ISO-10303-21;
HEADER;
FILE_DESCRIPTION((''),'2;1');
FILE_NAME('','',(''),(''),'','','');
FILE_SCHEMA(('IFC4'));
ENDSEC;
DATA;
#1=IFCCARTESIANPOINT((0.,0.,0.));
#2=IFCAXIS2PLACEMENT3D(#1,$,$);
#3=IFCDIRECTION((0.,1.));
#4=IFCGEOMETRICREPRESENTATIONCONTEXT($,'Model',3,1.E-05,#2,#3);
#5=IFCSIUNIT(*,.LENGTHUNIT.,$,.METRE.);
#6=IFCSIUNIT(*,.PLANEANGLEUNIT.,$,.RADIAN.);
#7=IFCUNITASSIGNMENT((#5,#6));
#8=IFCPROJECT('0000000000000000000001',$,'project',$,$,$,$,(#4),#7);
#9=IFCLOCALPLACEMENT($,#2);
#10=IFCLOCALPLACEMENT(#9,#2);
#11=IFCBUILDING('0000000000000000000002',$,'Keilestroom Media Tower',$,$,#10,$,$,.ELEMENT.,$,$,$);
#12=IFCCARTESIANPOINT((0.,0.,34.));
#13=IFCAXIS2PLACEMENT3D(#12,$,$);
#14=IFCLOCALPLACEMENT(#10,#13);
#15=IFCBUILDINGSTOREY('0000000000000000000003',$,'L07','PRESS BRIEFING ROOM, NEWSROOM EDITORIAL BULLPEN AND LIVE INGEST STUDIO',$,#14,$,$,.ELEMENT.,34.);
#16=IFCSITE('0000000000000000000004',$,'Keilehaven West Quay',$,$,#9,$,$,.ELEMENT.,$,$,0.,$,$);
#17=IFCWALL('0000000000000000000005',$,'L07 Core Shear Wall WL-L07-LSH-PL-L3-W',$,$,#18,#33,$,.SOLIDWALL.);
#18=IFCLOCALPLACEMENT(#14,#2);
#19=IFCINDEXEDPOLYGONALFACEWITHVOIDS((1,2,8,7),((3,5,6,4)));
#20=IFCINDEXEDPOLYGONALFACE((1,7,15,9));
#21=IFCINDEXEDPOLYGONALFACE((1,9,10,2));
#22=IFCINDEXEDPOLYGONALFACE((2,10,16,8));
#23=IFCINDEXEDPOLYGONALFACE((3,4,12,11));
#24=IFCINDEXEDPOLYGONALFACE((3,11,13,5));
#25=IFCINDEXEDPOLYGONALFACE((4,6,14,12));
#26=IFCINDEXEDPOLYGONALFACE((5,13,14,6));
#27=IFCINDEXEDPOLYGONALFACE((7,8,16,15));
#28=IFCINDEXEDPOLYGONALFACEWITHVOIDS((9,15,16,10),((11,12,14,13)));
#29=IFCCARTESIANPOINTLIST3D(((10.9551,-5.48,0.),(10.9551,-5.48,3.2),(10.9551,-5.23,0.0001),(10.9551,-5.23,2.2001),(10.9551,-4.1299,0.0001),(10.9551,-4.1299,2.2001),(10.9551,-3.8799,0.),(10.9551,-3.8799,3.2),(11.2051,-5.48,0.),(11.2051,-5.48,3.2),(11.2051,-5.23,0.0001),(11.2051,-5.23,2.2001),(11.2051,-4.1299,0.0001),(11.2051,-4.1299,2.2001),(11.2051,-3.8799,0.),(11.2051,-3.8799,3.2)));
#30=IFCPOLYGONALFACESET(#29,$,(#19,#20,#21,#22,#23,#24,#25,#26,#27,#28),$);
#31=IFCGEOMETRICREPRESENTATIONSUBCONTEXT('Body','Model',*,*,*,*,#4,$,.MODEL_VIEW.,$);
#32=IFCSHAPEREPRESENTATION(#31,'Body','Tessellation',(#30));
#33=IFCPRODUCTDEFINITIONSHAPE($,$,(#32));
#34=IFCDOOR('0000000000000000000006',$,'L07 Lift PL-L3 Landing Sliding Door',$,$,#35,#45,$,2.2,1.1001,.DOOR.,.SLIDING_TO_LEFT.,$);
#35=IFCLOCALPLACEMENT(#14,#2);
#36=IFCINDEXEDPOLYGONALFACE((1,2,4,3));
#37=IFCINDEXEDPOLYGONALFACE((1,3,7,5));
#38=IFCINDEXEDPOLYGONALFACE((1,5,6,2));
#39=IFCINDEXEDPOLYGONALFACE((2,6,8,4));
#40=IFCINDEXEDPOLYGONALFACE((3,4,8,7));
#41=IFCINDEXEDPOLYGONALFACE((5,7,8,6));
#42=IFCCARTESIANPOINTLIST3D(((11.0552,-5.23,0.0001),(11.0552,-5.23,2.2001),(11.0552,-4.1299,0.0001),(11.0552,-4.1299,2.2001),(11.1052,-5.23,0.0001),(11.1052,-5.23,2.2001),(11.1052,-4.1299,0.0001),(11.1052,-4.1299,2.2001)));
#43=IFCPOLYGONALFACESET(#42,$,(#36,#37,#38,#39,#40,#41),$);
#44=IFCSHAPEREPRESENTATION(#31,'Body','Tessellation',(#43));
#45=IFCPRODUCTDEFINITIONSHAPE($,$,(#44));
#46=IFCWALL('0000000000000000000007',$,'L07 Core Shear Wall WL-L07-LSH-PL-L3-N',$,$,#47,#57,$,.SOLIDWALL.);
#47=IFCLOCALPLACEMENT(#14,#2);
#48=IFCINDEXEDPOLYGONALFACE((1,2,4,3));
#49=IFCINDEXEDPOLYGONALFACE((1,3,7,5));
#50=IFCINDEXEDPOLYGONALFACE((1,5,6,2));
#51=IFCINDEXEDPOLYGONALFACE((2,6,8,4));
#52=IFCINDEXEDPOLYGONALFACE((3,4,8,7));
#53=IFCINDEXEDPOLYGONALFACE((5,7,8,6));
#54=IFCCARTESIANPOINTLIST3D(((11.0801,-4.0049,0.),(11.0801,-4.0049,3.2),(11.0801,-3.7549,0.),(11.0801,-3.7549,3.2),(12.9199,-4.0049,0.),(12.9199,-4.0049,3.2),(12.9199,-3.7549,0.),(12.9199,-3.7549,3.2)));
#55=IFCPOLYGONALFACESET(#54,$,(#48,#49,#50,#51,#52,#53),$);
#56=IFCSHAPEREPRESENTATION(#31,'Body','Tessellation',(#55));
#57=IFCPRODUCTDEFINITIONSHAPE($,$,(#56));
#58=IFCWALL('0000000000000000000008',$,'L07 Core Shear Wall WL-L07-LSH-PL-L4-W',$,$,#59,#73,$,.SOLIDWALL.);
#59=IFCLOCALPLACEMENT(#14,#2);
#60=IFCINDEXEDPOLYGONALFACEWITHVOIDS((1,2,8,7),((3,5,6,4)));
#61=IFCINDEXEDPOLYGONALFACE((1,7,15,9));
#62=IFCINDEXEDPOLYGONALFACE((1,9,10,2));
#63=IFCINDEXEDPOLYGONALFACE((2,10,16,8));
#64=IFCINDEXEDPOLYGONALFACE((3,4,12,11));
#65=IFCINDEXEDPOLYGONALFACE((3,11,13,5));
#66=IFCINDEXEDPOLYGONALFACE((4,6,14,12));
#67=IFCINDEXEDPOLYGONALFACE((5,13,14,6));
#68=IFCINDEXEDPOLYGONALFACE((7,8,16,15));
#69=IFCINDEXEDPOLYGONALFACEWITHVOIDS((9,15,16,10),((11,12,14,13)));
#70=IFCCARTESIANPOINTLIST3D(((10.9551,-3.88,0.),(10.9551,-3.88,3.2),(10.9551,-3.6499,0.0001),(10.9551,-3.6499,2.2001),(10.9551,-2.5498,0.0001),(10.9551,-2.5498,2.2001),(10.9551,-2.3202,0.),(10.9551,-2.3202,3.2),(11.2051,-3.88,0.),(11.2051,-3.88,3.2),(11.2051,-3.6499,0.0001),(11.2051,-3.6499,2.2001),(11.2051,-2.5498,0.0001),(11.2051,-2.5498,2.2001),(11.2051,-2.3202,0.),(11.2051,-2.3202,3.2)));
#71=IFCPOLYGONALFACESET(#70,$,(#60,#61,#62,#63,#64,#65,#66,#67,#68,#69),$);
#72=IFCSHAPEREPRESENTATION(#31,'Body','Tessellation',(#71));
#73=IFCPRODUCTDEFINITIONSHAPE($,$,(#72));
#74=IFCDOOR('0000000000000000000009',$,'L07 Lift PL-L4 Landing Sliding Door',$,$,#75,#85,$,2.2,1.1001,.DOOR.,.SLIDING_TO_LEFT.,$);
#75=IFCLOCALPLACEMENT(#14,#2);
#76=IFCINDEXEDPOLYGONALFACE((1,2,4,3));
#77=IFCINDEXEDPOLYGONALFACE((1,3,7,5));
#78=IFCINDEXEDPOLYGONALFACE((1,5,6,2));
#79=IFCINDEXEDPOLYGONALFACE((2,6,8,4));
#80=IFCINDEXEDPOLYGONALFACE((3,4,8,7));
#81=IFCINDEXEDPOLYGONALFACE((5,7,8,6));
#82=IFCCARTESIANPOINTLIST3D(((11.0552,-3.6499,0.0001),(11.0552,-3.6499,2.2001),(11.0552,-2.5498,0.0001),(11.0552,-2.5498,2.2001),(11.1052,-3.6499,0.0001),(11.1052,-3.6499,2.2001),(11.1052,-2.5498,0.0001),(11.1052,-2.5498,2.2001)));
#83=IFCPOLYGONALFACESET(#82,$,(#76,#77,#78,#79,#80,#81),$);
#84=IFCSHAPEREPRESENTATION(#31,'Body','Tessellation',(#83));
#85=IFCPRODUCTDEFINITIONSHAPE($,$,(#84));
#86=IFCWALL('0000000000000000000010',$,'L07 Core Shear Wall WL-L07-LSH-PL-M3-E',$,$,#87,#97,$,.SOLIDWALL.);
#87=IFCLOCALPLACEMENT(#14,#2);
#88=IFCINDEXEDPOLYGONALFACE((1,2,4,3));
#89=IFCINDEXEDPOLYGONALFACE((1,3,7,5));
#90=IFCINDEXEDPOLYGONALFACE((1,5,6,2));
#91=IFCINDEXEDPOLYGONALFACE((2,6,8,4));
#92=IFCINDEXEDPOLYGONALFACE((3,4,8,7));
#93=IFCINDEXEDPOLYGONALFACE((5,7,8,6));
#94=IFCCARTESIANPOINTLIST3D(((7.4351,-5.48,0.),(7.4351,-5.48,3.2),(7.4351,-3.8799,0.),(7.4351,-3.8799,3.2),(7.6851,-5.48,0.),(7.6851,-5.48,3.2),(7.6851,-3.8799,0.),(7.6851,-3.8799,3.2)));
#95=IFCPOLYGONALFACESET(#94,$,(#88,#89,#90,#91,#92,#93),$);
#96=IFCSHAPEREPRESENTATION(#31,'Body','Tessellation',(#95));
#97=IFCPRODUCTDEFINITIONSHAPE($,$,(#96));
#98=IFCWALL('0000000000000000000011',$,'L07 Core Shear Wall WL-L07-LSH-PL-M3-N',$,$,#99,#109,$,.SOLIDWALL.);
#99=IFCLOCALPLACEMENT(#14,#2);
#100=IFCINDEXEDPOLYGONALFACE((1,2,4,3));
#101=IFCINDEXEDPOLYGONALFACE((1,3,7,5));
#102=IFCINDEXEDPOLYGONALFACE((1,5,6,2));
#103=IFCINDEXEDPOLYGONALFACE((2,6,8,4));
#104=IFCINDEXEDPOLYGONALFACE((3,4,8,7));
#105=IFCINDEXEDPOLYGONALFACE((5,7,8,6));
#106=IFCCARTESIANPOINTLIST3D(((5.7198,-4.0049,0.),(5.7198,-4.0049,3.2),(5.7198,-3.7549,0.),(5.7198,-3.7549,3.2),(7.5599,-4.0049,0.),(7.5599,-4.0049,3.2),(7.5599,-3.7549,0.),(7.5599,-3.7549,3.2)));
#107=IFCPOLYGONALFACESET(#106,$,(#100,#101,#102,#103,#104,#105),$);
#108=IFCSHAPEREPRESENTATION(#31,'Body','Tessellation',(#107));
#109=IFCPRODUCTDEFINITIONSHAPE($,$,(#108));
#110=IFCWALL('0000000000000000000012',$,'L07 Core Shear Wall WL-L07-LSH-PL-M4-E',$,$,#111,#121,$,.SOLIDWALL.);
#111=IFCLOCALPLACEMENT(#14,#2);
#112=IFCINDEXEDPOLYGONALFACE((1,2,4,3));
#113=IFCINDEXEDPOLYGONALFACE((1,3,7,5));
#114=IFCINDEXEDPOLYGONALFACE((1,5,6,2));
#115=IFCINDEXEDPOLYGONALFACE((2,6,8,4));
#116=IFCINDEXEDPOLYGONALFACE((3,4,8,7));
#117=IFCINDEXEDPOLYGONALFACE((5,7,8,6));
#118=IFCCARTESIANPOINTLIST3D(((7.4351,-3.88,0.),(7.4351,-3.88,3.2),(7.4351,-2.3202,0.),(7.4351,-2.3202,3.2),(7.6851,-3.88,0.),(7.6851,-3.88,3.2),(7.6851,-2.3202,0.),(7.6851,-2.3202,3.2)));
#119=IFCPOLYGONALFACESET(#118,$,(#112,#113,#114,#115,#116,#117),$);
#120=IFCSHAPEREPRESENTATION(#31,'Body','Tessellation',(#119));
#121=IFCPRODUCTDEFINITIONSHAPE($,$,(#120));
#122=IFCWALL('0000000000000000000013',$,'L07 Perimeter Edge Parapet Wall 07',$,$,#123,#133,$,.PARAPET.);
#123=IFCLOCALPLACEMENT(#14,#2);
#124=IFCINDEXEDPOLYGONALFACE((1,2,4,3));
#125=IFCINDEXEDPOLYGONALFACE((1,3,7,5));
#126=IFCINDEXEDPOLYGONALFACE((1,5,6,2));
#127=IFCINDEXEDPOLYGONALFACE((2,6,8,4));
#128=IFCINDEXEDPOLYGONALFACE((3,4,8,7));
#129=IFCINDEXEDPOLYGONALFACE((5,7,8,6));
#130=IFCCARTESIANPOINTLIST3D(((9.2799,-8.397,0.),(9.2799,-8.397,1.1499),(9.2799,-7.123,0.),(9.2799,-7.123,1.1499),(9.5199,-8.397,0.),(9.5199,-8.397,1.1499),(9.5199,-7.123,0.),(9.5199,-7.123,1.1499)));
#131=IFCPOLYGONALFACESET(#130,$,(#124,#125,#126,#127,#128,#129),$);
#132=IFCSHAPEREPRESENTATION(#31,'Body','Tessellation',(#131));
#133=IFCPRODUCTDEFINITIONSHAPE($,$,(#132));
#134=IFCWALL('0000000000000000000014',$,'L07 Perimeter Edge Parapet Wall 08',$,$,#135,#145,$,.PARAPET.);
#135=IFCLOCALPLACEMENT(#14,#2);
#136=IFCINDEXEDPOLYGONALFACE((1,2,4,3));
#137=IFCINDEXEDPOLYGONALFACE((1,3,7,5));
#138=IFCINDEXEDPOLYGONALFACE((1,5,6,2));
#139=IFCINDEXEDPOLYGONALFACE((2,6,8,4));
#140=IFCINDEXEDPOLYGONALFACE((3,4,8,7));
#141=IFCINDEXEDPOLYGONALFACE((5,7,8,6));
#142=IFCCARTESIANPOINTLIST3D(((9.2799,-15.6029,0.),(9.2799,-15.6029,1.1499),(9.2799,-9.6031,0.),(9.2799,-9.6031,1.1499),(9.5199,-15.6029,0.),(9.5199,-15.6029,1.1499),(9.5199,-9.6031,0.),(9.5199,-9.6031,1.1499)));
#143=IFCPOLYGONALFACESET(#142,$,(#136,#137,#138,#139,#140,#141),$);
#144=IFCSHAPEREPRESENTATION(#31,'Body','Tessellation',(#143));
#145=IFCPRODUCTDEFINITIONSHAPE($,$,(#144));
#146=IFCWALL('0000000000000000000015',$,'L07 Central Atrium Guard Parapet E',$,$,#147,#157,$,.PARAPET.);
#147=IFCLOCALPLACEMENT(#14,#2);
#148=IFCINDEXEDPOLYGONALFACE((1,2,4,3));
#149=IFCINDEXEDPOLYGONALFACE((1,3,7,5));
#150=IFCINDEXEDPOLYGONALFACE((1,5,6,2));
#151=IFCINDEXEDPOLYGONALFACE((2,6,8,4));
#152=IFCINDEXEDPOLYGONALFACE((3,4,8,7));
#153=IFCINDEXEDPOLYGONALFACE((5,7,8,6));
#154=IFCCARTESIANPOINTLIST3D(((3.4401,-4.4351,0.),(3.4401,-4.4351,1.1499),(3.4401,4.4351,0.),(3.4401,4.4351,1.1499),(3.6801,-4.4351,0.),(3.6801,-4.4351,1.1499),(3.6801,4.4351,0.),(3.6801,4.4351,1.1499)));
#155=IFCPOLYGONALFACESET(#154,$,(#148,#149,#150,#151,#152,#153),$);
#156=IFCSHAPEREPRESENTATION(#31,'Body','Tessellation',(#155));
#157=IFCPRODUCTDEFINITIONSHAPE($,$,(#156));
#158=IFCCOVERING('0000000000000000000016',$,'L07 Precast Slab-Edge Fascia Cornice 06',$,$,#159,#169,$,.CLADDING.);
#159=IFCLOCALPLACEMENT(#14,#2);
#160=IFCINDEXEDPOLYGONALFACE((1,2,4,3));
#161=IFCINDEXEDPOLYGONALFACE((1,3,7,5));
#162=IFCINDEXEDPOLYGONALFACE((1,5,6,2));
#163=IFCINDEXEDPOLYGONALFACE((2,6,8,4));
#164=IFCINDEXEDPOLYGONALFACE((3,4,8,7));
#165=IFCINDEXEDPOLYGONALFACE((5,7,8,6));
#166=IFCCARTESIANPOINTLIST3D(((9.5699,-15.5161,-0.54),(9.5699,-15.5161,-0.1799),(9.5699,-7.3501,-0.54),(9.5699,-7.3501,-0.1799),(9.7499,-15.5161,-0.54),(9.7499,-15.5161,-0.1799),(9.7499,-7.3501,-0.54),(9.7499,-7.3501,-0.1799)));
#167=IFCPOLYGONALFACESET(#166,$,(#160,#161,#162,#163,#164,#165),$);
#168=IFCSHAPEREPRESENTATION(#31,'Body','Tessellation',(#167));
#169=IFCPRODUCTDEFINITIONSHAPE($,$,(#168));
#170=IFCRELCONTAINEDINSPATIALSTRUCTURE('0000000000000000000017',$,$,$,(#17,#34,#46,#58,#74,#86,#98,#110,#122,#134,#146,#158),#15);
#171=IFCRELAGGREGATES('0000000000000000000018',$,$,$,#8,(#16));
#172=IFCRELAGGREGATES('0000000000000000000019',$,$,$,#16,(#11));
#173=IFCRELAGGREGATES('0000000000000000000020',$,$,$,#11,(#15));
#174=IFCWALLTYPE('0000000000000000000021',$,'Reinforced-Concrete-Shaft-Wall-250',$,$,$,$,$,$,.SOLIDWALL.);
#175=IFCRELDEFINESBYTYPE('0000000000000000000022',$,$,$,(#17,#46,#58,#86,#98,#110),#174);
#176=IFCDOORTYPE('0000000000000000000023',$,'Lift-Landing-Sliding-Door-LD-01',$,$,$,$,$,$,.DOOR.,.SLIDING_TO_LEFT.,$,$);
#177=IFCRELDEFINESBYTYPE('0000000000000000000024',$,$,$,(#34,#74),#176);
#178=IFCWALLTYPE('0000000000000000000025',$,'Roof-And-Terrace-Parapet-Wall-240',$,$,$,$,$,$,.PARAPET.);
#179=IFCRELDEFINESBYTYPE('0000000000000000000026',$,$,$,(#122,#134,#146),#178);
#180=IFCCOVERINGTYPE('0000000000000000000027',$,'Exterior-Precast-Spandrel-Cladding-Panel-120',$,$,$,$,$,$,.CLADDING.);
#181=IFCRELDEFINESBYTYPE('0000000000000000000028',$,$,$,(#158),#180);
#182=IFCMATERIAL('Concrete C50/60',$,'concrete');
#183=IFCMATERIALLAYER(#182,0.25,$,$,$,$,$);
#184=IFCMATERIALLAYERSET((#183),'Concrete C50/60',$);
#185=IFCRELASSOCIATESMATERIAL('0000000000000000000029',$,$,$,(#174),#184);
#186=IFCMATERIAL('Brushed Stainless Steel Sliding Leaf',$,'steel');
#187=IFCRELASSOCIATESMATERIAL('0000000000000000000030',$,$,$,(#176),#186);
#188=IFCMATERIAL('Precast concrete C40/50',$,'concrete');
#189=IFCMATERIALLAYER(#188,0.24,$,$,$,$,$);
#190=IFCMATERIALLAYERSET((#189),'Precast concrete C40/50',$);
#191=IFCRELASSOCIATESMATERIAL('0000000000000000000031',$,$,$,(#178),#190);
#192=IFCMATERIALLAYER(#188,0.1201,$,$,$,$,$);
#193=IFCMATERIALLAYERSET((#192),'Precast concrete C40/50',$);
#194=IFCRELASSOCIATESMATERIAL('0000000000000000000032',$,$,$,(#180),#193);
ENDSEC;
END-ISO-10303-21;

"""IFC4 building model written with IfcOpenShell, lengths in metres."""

from ifc_helpers import new_model, si_unit, direction, frame, frame_2d, origin, origin_2d, place, context, subcontext, project, spatial, rectangle, extrude, source, transform, mapped, material, layer, layer_set, type_object, element, fill, save


model = new_model("IFC4")

# Units and contexts
model_context = context("Model", 3, precision=1e-05, world=origin(), true_north=direction((0.0, 1.0)))
body_context = subcontext(model_context, "Body", "Model", "MODEL_VIEW")
ifc_project = project(units=[si_unit("LENGTHUNIT", "METRE"), si_unit("PLANEANGLEUNIT", "RADIAN")], contexts=[model_context])

# Site, building, storey
site_placement = place(None, origin())
site = spatial("IfcSite", under=ifc_project, at=site_placement, Name="Keilehaven West Quay", CompositionType="ELEMENT", RefElevation=0.0)
building_placement = place(site_placement, origin())
building = spatial("IfcBuilding", under=site, at=building_placement, Name="Keilestroom Media Tower", CompositionType="ELEMENT")
storey_placement = place(building_placement, frame((0.0, 0.0, 34.0)))
storey = spatial("IfcBuildingStorey", under=building, at=storey_placement, Name="L07", Description="PRESS BRIEFING ROOM, NEWSROOM EDITORIAL BULLPEN AND LIVE INGEST STUDIO", CompositionType="ELEMENT", Elevation=34.0)

# Shared definitions
ifc_material_1 = material(Name="Concrete C50/60", Category="concrete")
ifc_layer_1 = layer(ifc_material_1, 0.25)
ifc_layer_set_1 = layer_set([ifc_layer_1], Name="Concrete C50/60")
wall_type_1 = type_object("IfcWallType", Name="Reinforced-Concrete-Shaft-Wall-250", PredefinedType="SOLIDWALL", material=ifc_layer_set_1)

# Shared definitions
ifc_material_2 = material(Name="Brushed Stainless Steel Sliding Leaf", Category="steel")

# Wall, opening, door
wall_1_placement = place(storey_placement, frame((11.0801, -5.48, 0.0), z_axis=(0.0, 0.0, 1.0), x_axis=(0.0, 1.0, 0.0)))
wall_1 = element("IfcWall", 1, at=wall_1_placement, inside=storey, type_object=wall_type_1, Name="L07 Core Shear Wall WL-L07-LSH-PL-L3-W", PredefinedType="SOLIDWALL", context=body_context, shape_type="SweptSolid", body=[
    extrude(rectangle(XDim=1.6001, YDim=0.25, at=frame_2d((0.8, 0.0))), origin(), (0.0, 0.0, 1.0), 3.2),
])
opening_1_placement = place(wall_1_placement, frame((0.25, 0.0, 0.0)))
opening_1 = element("IfcOpeningElement", 2, at=opening_1_placement, cuts=wall_1, PredefinedType="OPENING", context=body_context, shape_type="SweptSolid", body=[
    extrude(rectangle(XDim=1.1001, YDim=2.2, at=frame_2d((0.55, 1.1001))), frame((0.0, 0.135, 0.0), z_axis=(0.0, -1.0, 0.0), x_axis=(1.0, 0.0, 0.0)), (0.0, 0.0, 1.0), 0.27),
])
door_type_1 = type_object("IfcDoorType", Name="Lift-Landing-Sliding-Door-LD-01", OperationType="SLIDING_TO_LEFT", PredefinedType="DOOR", material=ifc_material_2)
shared_shape_1 = source(origin(), body_context, "Body", "SweptSolid", [
    extrude(rectangle(XDim=1.1001, YDim=2.2, at=frame_2d((0.55, 1.1001))), frame((0.0, 0.0249, 0.0), z_axis=(0.0, -1.0, 0.0), x_axis=(1.0, 0.0, 0.0)), (0.0, 0.0, 1.0), 0.05),
])
door_1_placement = place(opening_1_placement, origin())
door_1 = element("IfcDoor", 3, at=door_1_placement, inside=storey, type_object=door_type_1, Name="L07 Lift PL-L3 Landing Sliding Door", OperationType="SLIDING_TO_LEFT", OverallHeight=2.2, OverallWidth=1.1001, PredefinedType="DOOR", context=body_context, shape_type="MappedRepresentation", body=[
    mapped(shared_shape_1, transform((0.0, 0.0, 0.0), x_axis=(1.0, 0.0, 0.0), y_axis=(0.0, 1.0, 0.0), z_axis=(0.0, 0.0, 1.0), scale=1.0)),
])
fill(opening_1, door_1)

# Wall
wall_2_placement = place(storey_placement, frame((11.0801, -3.8799, 0.0), z_axis=(0.0, 0.0, 1.0), x_axis=(1.0, 0.0, 0.0)))
element("IfcWall", 4, at=wall_2_placement, inside=storey, type_object=wall_type_1, Name="L07 Core Shear Wall WL-L07-LSH-PL-L3-N", PredefinedType="SOLIDWALL", context=body_context, shape_type="SweptSolid", body=[
    extrude(rectangle(XDim=1.8398, YDim=0.25, at=frame_2d((0.9199, 0.0))), origin(), (0.0, 0.0, 1.0), 3.2),
])

# Wall, opening, door
wall_3_placement = place(storey_placement, frame((11.0801, -3.8799, 0.0), z_axis=(0.0, 0.0, 1.0), x_axis=(0.0, 1.0, 0.0)))
wall_3 = element("IfcWall", 5, at=wall_3_placement, inside=storey, type_object=wall_type_1, Name="L07 Core Shear Wall WL-L07-LSH-PL-L4-W", PredefinedType="SOLIDWALL", context=body_context, shape_type="SweptSolid", body=[
    extrude(rectangle(XDim=1.5598, YDim=0.25, at=frame_2d((0.7798, 0.0))), origin(), (0.0, 0.0, 1.0), 3.2),
])
opening_2_placement = place(wall_3_placement, frame((0.23, 0.0, 0.0)))
opening_2 = element("IfcOpeningElement", 6, at=opening_2_placement, cuts=wall_3, PredefinedType="OPENING", context=body_context, shape_type="SweptSolid", body=[
    extrude(rectangle(XDim=1.1001, YDim=2.2, at=frame_2d((0.55, 1.1001))), frame((0.0, 0.135, 0.0), z_axis=(0.0, -1.0, 0.0), x_axis=(1.0, 0.0, 0.0)), (0.0, 0.0, 1.0), 0.27),
])
door_2_placement = place(opening_2_placement, origin())
door_2 = element("IfcDoor", 7, at=door_2_placement, inside=storey, type_object=door_type_1, Name="L07 Lift PL-L4 Landing Sliding Door", OperationType="SLIDING_TO_LEFT", OverallHeight=2.2, OverallWidth=1.1001, PredefinedType="DOOR", context=body_context, shape_type="MappedRepresentation", body=[
    mapped(shared_shape_1, transform((0.0, 0.0, 0.0), x_axis=(1.0, 0.0, 0.0), y_axis=(0.0, 1.0, 0.0), z_axis=(0.0, 0.0, 1.0), scale=1.0)),
])
fill(opening_2, door_2)

# Walls
wall_4_placement = place(storey_placement, frame((7.5601, -5.48, 0.0), z_axis=(0.0, 0.0, 1.0), x_axis=(0.0, 1.0, 0.0)))
element("IfcWall", 8, at=wall_4_placement, inside=storey, type_object=wall_type_1, Name="L07 Core Shear Wall WL-L07-LSH-PL-M3-E", PredefinedType="SOLIDWALL", context=body_context, shape_type="SweptSolid", body=[
    extrude(rectangle(XDim=1.6001, YDim=0.25, at=frame_2d((0.8, 0.0))), origin(), (0.0, 0.0, 1.0), 3.2),
])
wall_5_placement = place(storey_placement, frame((5.72, -3.8799, 0.0), z_axis=(0.0, 0.0, 1.0), x_axis=(1.0, 0.0, 0.0)))
element("IfcWall", 9, at=wall_5_placement, inside=storey, type_object=wall_type_1, Name="L07 Core Shear Wall WL-L07-LSH-PL-M3-N", PredefinedType="SOLIDWALL", context=body_context, shape_type="SweptSolid", body=[
    extrude(rectangle(XDim=1.8401, YDim=0.25, at=frame_2d((0.9199, 0.0))), origin(), (0.0, 0.0, 1.0), 3.2),
])
wall_6_placement = place(storey_placement, frame((7.5601, -3.8799, 0.0), z_axis=(0.0, 0.0, 1.0), x_axis=(0.0, 1.0, 0.0)))
element("IfcWall", 10, at=wall_6_placement, inside=storey, type_object=wall_type_1, Name="L07 Core Shear Wall WL-L07-LSH-PL-M4-E", PredefinedType="SOLIDWALL", context=body_context, shape_type="SweptSolid", body=[
    extrude(rectangle(XDim=1.5598, YDim=0.25, at=frame_2d((0.7798, 0.0))), origin(), (0.0, 0.0, 1.0), 3.2),
])
ifc_material_3 = material(Name="Precast concrete C40/50", Category="concrete")
ifc_layer_2 = layer(ifc_material_3, 0.24)
ifc_layer_set_2 = layer_set([ifc_layer_2], Name="Precast concrete C40/50")
wall_type_2 = type_object("IfcWallType", Name="Roof-And-Terrace-Parapet-Wall-240", PredefinedType="PARAPET", material=ifc_layer_set_2)
wall_7_placement = place(storey_placement, frame((9.3999, -7.123, 0.0), z_axis=(0.0, 0.0, 1.0), x_axis=(0.0, -1.0, 0.0)))
element("IfcWall", 11, at=wall_7_placement, inside=storey, type_object=wall_type_2, Name="L07 Perimeter Edge Parapet Wall 07", PredefinedType="PARAPET", context=body_context, shape_type="SweptSolid", body=[
    extrude(rectangle(XDim=1.2739, YDim=0.24, at=frame_2d((0.637, 0.0))), origin(), (0.0, 0.0, 1.0), 1.1499),
])
wall_8_placement = place(storey_placement, frame((9.3999, -9.603, 0.0), z_axis=(0.0, 0.0, 1.0), x_axis=(0.0, -1.0, 0.0)))
element("IfcWall", 12, at=wall_8_placement, inside=storey, type_object=wall_type_2, Name="L07 Perimeter Edge Parapet Wall 08", PredefinedType="PARAPET", context=body_context, shape_type="SweptSolid", body=[
    extrude(rectangle(XDim=5.9998, YDim=0.24, at=frame_2d((3.0, 0.0))), origin(), (0.0, 0.0, 1.0), 1.1499),
])
wall_9_placement = place(storey_placement, frame((3.5601, -4.4351, 0.0), z_axis=(0.0, 0.0, 1.0), x_axis=(0.0, 1.0, 0.0)))
element("IfcWall", 13, at=wall_9_placement, inside=storey, type_object=wall_type_2, Name="L07 Central Atrium Guard Parapet E", PredefinedType="PARAPET", context=body_context, shape_type="SweptSolid", body=[
    extrude(rectangle(XDim=8.8701, YDim=0.24, at=frame_2d((4.4351, 0.0))), origin(), (0.0, 0.0, 1.0), 1.1499),
])

# Covering
ifc_layer_3 = layer(ifc_material_3, 0.1201)
ifc_layer_set_3 = layer_set([ifc_layer_3], Name="Precast concrete C40/50")
covering_type = type_object("IfcCoveringType", Name="Exterior-Precast-Spandrel-Cladding-Panel-120", PredefinedType="CLADDING", material=ifc_layer_set_3)
shared_shape_2 = source(origin(), body_context, "Body", "SweptSolid", [
    extrude(rectangle(XDim=8.166, YDim=0.1799, at=origin_2d()), origin(), (0.0, 0.0, 1.0), 0.3601),
])
covering_placement = place(storey_placement, frame((9.6599, -11.4331, -0.54), z_axis=(0.0, 0.0, 1.0), x_axis=(0.0, -1.0, 0.0)))
element("IfcCovering", 14, at=covering_placement, inside=storey, type_object=covering_type, Name="L07 Precast Slab-Edge Fascia Cornice 06", PredefinedType="CLADDING", context=body_context, shape_type="MappedRepresentation", body=[
    mapped(shared_shape_2, transform((0.0, 0.0, 0.0), x_axis=(1.0, 0.0, 0.0), y_axis=(0.0, 1.0, 0.0), z_axis=(0.0, 0.0, 1.0), scale=1.0)),
])

save(model, "model.ifc")
